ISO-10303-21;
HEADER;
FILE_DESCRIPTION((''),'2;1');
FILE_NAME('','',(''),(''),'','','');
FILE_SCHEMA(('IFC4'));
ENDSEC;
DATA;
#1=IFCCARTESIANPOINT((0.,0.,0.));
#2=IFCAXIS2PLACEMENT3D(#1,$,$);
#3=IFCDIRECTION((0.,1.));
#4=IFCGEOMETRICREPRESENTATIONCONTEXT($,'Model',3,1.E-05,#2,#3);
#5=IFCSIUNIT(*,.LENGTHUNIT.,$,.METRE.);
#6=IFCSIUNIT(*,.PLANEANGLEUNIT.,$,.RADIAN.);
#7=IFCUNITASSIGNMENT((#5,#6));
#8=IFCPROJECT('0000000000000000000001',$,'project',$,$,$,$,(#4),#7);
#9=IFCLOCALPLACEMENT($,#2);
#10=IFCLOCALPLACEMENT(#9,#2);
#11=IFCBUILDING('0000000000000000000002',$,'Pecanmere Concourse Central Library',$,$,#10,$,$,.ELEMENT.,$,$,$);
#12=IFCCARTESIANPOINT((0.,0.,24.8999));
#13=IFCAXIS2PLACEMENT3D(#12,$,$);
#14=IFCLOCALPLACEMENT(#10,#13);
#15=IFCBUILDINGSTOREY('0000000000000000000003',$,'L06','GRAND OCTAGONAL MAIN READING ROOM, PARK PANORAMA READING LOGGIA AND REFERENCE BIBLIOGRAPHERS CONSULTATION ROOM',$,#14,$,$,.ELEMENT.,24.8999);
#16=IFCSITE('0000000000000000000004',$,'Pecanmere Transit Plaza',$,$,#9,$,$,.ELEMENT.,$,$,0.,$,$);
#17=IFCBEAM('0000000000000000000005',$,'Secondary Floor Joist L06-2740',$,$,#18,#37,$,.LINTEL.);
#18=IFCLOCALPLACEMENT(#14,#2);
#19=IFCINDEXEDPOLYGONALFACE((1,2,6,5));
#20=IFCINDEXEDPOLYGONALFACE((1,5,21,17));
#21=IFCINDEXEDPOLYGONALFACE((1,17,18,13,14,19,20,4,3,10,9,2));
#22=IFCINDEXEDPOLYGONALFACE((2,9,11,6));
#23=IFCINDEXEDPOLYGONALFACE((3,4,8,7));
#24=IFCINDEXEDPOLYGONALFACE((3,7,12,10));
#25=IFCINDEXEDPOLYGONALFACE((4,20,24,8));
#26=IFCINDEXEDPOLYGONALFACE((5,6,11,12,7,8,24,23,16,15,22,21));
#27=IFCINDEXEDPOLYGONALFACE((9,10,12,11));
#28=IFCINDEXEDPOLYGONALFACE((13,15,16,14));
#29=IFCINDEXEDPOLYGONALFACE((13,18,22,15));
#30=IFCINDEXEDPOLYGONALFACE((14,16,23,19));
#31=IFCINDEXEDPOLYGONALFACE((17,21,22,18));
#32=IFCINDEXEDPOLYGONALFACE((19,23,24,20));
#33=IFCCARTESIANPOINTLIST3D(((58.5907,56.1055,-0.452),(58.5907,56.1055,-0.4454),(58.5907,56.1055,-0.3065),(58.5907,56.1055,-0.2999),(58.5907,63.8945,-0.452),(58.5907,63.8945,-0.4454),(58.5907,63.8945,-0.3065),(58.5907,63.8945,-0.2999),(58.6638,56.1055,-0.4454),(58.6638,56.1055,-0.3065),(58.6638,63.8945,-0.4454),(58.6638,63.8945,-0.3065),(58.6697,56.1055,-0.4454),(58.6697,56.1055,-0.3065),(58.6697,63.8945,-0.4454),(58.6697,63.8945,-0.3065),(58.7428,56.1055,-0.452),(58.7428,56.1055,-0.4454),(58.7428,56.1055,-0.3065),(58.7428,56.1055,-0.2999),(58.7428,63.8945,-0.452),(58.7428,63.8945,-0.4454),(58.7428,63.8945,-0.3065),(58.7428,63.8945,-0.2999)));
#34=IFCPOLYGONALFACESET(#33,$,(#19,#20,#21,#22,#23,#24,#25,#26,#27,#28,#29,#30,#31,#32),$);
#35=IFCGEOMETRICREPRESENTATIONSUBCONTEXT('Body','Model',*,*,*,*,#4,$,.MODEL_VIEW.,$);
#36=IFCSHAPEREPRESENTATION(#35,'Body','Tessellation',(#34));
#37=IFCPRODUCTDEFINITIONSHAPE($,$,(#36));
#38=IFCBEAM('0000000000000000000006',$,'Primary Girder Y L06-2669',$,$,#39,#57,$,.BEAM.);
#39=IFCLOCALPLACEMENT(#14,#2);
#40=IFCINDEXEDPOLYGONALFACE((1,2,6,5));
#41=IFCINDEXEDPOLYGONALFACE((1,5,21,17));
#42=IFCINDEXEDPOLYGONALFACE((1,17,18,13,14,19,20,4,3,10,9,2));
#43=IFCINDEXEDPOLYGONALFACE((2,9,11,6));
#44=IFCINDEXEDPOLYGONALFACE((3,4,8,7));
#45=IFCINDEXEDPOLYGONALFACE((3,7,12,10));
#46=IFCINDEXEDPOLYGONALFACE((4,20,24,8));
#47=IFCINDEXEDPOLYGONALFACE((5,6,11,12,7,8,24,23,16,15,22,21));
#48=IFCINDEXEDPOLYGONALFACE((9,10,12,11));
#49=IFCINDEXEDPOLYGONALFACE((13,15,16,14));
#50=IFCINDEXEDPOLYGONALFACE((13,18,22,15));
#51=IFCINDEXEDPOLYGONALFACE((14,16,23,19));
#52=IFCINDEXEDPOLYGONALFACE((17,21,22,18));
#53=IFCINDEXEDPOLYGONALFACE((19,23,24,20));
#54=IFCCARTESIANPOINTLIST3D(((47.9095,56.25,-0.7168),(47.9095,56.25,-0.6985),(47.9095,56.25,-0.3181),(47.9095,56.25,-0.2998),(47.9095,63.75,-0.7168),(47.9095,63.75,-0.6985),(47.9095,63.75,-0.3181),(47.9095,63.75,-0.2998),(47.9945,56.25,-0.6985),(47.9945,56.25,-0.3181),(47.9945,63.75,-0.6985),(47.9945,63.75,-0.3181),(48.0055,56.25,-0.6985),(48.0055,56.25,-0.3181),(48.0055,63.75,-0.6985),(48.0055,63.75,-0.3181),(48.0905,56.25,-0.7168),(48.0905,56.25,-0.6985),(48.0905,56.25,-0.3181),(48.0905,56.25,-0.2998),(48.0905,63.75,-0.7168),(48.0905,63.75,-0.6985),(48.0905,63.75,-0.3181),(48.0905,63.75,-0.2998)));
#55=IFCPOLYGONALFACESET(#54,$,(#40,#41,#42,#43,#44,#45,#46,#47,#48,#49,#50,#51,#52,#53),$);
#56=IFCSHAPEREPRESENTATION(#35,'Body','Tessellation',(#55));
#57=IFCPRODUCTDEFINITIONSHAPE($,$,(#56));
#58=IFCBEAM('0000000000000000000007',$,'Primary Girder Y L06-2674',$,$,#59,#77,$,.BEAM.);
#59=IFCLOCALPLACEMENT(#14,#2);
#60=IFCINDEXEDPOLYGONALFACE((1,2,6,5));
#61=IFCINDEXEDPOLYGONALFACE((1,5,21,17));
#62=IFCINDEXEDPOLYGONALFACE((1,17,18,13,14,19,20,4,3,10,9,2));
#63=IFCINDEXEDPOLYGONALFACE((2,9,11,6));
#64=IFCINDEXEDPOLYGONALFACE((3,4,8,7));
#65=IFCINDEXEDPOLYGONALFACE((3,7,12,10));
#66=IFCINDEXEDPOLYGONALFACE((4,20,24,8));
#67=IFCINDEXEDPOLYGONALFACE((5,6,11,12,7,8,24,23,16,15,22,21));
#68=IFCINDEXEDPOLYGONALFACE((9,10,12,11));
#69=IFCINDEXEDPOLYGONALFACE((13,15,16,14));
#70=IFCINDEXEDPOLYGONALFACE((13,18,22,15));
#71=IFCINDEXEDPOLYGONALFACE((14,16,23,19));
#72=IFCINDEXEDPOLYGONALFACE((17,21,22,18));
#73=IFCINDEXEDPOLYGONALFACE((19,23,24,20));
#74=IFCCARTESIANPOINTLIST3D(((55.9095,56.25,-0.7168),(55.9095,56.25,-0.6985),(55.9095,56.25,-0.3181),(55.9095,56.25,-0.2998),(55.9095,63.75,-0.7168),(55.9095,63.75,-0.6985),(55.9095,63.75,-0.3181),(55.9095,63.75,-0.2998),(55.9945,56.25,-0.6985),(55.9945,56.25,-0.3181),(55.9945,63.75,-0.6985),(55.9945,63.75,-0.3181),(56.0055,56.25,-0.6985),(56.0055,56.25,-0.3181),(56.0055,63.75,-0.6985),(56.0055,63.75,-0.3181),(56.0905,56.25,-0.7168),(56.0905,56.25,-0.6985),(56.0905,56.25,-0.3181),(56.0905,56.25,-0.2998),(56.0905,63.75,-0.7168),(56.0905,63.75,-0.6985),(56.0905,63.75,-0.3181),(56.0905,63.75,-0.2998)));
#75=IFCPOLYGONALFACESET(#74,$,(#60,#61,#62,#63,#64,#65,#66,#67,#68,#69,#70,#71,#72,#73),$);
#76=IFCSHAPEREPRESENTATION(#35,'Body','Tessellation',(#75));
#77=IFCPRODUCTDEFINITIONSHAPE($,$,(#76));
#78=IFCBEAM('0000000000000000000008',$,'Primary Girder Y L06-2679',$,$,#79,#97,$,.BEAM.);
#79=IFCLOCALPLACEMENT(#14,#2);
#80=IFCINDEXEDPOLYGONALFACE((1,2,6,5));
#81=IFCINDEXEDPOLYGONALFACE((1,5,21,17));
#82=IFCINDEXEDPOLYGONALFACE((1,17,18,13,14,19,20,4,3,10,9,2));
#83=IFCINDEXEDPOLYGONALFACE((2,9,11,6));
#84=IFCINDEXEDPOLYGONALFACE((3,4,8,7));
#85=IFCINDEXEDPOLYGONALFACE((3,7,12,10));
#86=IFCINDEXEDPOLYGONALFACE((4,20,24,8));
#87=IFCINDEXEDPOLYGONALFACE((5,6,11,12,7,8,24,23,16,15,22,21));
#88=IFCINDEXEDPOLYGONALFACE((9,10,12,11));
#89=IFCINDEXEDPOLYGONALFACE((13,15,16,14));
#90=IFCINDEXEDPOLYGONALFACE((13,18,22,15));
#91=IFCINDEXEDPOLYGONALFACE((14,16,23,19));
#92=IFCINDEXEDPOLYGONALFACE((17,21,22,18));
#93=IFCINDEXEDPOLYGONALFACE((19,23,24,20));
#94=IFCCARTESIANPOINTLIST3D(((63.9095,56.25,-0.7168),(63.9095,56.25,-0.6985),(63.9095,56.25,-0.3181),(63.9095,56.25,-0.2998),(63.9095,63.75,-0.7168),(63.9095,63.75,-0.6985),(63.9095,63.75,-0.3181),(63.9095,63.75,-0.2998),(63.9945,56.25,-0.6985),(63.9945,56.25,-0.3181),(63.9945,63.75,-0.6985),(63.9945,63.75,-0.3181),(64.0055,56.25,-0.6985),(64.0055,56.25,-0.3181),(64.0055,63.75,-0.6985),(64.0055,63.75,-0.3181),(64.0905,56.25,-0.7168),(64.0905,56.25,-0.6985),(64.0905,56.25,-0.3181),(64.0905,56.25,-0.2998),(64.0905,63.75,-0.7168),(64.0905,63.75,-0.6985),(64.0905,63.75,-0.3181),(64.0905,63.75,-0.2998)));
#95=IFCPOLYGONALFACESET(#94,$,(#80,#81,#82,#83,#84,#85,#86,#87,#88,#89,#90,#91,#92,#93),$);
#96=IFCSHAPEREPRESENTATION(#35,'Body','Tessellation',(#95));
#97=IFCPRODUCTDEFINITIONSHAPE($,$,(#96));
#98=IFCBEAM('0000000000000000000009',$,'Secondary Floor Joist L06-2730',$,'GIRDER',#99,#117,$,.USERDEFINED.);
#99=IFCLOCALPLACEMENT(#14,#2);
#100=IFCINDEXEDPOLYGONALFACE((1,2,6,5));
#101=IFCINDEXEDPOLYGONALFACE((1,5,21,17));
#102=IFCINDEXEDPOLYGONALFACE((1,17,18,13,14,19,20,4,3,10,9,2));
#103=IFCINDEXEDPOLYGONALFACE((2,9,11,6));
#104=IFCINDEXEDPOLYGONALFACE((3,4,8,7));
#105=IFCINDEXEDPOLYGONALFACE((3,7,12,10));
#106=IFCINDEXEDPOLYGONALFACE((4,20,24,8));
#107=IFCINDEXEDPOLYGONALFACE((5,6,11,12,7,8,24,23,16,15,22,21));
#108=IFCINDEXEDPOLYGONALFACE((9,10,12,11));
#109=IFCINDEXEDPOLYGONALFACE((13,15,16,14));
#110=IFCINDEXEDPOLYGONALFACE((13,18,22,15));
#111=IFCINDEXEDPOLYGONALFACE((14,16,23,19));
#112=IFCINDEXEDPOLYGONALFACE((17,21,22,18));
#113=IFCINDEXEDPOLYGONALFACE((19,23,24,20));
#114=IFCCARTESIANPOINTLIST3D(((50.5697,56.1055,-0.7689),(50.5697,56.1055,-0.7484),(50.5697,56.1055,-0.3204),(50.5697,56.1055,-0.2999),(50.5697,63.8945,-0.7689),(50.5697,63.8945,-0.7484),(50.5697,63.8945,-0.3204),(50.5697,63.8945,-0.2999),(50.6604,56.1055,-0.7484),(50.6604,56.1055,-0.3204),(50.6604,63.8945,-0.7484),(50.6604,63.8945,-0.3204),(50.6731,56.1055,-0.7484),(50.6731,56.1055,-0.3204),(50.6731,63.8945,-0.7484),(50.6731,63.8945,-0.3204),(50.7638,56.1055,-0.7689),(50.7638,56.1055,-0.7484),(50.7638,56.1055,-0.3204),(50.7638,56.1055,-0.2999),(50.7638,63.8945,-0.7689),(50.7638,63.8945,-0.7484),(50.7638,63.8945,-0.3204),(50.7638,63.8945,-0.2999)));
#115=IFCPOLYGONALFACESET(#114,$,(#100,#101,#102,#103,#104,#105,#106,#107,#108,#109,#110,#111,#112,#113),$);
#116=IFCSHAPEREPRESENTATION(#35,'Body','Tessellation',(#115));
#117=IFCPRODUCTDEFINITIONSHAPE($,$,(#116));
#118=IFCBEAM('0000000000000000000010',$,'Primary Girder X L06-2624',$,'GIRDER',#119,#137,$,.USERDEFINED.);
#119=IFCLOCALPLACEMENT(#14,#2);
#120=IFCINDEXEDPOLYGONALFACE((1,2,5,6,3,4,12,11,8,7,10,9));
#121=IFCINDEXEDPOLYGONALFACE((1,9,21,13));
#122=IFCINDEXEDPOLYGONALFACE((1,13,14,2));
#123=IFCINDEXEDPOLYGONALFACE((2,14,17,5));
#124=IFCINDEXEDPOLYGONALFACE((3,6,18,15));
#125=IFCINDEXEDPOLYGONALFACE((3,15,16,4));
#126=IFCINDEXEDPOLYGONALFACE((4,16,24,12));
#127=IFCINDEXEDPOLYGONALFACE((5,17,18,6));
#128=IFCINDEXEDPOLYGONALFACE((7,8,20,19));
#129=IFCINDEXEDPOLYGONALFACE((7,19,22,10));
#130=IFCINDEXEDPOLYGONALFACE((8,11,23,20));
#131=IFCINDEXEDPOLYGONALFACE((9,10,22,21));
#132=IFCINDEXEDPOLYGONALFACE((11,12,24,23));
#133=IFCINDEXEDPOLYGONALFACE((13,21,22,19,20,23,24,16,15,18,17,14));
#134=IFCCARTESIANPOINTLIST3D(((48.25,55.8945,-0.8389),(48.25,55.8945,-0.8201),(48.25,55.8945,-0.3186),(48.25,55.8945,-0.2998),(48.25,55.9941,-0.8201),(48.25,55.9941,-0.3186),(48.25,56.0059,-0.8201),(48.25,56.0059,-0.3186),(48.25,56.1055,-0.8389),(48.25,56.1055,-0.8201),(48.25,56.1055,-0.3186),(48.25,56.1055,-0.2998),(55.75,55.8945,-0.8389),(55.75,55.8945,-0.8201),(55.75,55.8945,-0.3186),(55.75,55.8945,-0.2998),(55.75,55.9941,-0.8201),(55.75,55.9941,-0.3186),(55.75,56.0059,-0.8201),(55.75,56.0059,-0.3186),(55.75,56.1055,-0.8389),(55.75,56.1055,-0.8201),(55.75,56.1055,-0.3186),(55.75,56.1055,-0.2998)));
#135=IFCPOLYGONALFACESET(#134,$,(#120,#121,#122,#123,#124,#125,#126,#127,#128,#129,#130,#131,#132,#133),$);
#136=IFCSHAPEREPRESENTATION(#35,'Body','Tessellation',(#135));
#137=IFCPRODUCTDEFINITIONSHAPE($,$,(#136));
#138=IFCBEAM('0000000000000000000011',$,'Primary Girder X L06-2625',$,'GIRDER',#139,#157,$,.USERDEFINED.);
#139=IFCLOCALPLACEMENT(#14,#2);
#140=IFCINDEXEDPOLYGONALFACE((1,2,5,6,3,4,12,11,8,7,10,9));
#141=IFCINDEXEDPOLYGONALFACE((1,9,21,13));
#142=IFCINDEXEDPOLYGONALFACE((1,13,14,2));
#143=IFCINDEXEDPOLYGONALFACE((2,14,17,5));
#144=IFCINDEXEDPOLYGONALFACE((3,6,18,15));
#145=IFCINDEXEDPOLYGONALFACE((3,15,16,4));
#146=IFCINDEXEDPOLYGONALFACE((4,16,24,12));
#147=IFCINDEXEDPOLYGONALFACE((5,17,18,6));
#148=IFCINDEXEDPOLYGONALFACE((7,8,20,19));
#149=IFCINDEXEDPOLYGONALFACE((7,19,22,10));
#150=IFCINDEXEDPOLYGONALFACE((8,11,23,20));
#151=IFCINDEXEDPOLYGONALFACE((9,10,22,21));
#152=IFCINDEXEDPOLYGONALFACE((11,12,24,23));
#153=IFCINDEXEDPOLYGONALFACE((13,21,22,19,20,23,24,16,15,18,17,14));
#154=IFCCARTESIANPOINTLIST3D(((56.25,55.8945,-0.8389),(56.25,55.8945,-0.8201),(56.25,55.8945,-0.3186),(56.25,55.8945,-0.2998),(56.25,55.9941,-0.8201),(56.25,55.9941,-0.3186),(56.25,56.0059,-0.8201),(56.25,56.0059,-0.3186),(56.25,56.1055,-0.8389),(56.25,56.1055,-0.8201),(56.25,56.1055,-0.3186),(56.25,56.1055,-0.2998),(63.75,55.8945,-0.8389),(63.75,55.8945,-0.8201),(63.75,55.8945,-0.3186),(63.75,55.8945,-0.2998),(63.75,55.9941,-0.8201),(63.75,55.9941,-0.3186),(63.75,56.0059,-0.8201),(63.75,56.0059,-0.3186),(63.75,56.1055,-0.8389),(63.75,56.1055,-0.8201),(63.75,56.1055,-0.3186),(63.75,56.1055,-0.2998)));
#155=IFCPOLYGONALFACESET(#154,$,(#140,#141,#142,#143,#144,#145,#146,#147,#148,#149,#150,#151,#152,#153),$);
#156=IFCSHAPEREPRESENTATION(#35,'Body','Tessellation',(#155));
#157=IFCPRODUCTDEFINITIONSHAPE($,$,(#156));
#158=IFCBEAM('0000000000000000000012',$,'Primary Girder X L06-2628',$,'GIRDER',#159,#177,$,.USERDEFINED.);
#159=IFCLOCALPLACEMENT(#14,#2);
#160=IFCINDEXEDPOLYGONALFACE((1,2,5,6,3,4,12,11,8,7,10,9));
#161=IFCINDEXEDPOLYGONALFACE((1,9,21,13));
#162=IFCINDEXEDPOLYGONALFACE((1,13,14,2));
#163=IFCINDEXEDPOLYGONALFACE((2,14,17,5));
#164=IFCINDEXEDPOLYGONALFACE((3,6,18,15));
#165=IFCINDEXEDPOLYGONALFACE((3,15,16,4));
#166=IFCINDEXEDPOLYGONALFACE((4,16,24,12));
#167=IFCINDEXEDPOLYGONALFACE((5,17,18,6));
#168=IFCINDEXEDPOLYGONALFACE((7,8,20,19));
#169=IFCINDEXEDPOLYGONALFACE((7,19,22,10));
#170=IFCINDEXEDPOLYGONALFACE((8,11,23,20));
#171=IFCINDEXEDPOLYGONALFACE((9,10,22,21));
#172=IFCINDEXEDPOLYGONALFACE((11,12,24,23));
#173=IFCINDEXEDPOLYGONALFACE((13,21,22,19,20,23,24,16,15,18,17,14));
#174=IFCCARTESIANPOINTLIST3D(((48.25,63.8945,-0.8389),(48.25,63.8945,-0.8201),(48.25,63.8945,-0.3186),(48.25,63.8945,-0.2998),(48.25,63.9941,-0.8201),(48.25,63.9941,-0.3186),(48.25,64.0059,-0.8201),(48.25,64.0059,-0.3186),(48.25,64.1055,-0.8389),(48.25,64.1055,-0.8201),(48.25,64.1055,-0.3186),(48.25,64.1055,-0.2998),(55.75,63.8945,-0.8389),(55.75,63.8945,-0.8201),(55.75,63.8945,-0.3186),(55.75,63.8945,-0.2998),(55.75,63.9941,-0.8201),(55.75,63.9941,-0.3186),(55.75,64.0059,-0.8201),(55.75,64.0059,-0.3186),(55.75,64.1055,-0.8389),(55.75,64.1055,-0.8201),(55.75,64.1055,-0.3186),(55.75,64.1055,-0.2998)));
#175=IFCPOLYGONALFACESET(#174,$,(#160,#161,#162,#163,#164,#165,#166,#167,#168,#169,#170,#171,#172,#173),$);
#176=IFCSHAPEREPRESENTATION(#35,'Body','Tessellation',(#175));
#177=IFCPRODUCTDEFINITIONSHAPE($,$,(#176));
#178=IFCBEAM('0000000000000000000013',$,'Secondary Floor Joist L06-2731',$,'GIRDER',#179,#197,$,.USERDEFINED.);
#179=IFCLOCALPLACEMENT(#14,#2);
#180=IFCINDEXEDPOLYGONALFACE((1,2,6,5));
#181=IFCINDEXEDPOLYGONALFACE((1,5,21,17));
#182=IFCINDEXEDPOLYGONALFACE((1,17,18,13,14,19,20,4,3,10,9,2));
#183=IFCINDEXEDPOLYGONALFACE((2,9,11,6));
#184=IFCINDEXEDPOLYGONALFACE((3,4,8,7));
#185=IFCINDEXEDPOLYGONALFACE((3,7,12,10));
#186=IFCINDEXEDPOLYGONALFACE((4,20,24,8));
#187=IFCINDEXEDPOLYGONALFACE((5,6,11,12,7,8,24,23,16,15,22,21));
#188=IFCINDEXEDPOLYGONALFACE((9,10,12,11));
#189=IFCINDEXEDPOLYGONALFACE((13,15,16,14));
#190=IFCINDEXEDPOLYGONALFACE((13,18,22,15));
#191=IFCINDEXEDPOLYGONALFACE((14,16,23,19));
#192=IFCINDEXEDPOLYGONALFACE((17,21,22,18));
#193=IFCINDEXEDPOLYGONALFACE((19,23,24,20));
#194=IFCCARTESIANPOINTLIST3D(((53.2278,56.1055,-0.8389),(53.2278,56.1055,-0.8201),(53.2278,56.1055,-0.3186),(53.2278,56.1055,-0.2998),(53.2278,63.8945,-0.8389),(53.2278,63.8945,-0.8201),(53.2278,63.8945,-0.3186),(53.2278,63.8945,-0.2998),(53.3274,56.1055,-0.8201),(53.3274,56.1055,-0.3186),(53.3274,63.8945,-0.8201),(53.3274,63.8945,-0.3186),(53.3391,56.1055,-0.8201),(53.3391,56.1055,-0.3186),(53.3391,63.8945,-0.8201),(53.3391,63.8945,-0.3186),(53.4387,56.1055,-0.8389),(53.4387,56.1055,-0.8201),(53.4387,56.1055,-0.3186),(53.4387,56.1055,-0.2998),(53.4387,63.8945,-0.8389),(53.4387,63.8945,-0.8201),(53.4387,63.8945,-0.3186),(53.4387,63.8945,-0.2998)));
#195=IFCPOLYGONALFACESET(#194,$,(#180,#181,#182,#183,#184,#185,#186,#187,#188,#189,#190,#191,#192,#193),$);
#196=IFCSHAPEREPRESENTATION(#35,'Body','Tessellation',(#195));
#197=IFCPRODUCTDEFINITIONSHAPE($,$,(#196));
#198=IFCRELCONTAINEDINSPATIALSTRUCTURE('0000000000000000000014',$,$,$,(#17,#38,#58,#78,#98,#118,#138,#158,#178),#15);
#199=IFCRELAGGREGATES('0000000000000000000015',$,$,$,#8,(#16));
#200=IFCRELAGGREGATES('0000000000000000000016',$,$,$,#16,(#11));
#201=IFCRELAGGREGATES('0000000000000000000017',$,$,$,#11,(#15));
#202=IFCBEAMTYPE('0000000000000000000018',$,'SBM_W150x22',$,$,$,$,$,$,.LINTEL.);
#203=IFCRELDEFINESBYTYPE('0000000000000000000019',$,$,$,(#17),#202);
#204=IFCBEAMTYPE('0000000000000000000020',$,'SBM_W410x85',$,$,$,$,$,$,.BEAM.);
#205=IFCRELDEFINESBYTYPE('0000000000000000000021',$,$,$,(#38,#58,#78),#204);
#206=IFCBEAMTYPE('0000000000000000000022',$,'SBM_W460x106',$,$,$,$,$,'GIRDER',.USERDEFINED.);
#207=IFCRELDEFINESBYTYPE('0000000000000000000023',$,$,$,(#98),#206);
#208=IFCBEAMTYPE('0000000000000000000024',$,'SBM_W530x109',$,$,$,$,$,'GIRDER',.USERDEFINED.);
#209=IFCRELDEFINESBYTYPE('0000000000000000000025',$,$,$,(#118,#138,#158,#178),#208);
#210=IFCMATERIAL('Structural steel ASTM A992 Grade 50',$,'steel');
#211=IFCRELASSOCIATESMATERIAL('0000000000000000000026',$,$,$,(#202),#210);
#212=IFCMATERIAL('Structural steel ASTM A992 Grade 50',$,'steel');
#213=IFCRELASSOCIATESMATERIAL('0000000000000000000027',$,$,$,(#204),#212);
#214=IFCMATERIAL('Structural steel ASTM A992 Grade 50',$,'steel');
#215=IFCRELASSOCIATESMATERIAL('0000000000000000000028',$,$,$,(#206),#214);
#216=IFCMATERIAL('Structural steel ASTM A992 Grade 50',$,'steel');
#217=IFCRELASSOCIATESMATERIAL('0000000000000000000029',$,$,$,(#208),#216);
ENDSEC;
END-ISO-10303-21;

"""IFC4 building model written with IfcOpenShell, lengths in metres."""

from ifc_helpers import new_model, si_unit, direction, frame, origin, origin_2d, place, context, subcontext, project, spatial, i_section, extrude, material, material_profile, profile_set, type_object, element, save


model = new_model("IFC4")

# Units and contexts
model_context = context("Model", 3, precision=1e-05, world=origin(), true_north=direction((0.0, 1.0)))
body_context = subcontext(model_context, "Body", "Model", "MODEL_VIEW")
ifc_project = project(units=[si_unit("LENGTHUNIT", "METRE"), si_unit("PLANEANGLEUNIT", "RADIAN")], contexts=[model_context])

# Site, building, storey
site_placement = place(None, origin())
site = spatial("IfcSite", under=ifc_project, at=site_placement, Name="Pecanmere Transit Plaza", CompositionType="ELEMENT", RefElevation=0.0)
building_placement = place(site_placement, origin())
building = spatial("IfcBuilding", under=site, at=building_placement, Name="Pecanmere Concourse Central Library", CompositionType="ELEMENT")
storey_placement = place(building_placement, frame((0.0, 0.0, 24.8999)))
storey = spatial("IfcBuildingStorey", under=building, at=storey_placement, Name="L06", Description="GRAND OCTAGONAL MAIN READING ROOM, PARK PANORAMA READING LOGGIA AND REFERENCE BIBLIOGRAPHERS CONSULTATION ROOM", CompositionType="ELEMENT", Elevation=24.8999)

# Beams
ifc_material_1 = material(Name="Structural steel ASTM A992 Grade 50", Category="steel")
ifc_material_profile_1 = material_profile(ifc_material_1, i_section(OverallWidth=0.1521, OverallDepth=0.1521, WebThickness=0.0059, FlangeThickness=0.0066, at=origin_2d()), Name="W150x22.5")
ifc_profile_set_1 = profile_set([ifc_material_profile_1], Name="Structural steel ASTM A992 Grade 50")
beam_type_1 = type_object("IfcBeamType", Name="SBM_W150x22", PredefinedType="LINTEL", material=ifc_profile_set_1)
beam_1_placement = place(storey_placement, frame((58.6667, 56.1055, -0.376), z_axis=(0.0, 1.0, 0.0), x_axis=(-1.0, 0.0, 0.0)))
element("IfcBeam", 1, at=beam_1_placement, inside=storey, type_object=beam_type_1, Name="Secondary Floor Joist L06-2740", PredefinedType="LINTEL", context=body_context, shape_type="SweptSolid", body=[
    extrude(i_section(OverallWidth=0.1521, OverallDepth=0.1521, WebThickness=0.0059, FlangeThickness=0.0066, at=origin_2d()), origin(), (0.0, 0.0, 1.0), 7.7891),
])
ifc_material_2 = material(Name="Structural steel ASTM A992 Grade 50", Category="steel")
ifc_material_profile_2 = material_profile(ifc_material_2, i_section(OverallWidth=0.1809, OverallDepth=0.417, WebThickness=0.011, FlangeThickness=0.0183, at=origin_2d()), Name="W410x85")
ifc_profile_set_2 = profile_set([ifc_material_profile_2], Name="Structural steel ASTM A992 Grade 50")
beam_type_2 = type_object("IfcBeamType", Name="SBM_W410x85", PredefinedType="BEAM", material=ifc_profile_set_2)
for number, where, z_axis, x_axis, name in (
    (2, (48.0, 56.25, -0.5083), (0.0, 1.0, 0.0), (-1.0, 0.0, 0.0), "Primary Girder Y L06-2669"),
    (3, (56.0, 56.25, -0.5083), (0.0, 1.0, 0.0), (-1.0, 0.0, 0.0), "Primary Girder Y L06-2674"),
    (4, (64.0, 56.25, -0.5083), (0.0, 1.0, 0.0), (-1.0, 0.0, 0.0), "Primary Girder Y L06-2679"),
):
    element("IfcBeam", number, at=place(storey_placement, frame(where, z_axis=z_axis, x_axis=x_axis)), inside=storey, type_object=beam_type_2, Name=name, PredefinedType="BEAM", context=body_context, shape_type="SweptSolid", body=[
        extrude(i_section(OverallWidth=0.1809, OverallDepth=0.417, WebThickness=0.011, FlangeThickness=0.0183, at=origin_2d()), origin(), (0.0, 0.0, 1.0), 7.5),
    ])
ifc_material_3 = material(Name="Structural steel ASTM A992 Grade 50", Category="steel")
ifc_material_profile_3 = material_profile(ifc_material_3, i_section(OverallWidth=0.1941, OverallDepth=0.469, WebThickness=0.0127, FlangeThickness=0.0205, at=origin_2d()), Name="W460x106")
ifc_profile_set_3 = profile_set([ifc_material_profile_3], Name="Structural steel ASTM A992 Grade 50")
beam_type_3 = type_object("IfcBeamType", Name="SBM_W460x106", ElementType="GIRDER", PredefinedType="USERDEFINED", material=ifc_profile_set_3)
beam_2_placement = place(storey_placement, frame((50.6667, 56.1055, -0.5344), z_axis=(0.0, 1.0, 0.0), x_axis=(-1.0, 0.0, 0.0)))
element("IfcBeam", 5, at=beam_2_placement, inside=storey, type_object=beam_type_3, Name="Secondary Floor Joist L06-2730", ObjectType="GIRDER", PredefinedType="USERDEFINED", context=body_context, shape_type="SweptSolid", body=[
    extrude(i_section(OverallWidth=0.1941, OverallDepth=0.469, WebThickness=0.0127, FlangeThickness=0.0205, at=origin_2d()), origin(), (0.0, 0.0, 1.0), 7.7891),
])
ifc_material_4 = material(Name="Structural steel ASTM A992 Grade 50", Category="steel")
ifc_material_profile_4 = material_profile(ifc_material_4, i_section(OverallWidth=0.2109, OverallDepth=0.5391, WebThickness=0.0117, FlangeThickness=0.0188, at=origin_2d()), Name="W530x109")
ifc_profile_set_4 = profile_set([ifc_material_profile_4], Name="Structural steel ASTM A992 Grade 50")
beam_type_4 = type_object("IfcBeamType", Name="SBM_W530x109", ElementType="GIRDER", PredefinedType="USERDEFINED", material=ifc_profile_set_4)
for number, where, z_axis, x_axis, name in (
    (6, (48.25, 56.0, -0.5693), (1.0, 0.0, 0.0), (0.0, 1.0, 0.0), "Primary Girder X L06-2624"),
    (7, (56.25, 56.0, -0.5693), (1.0, 0.0, 0.0), (0.0, 1.0, 0.0), "Primary Girder X L06-2625"),
    (8, (48.25, 64.0, -0.5693), (1.0, 0.0, 0.0), (0.0, 1.0, 0.0), "Primary Girder X L06-2628"),
):
    element("IfcBeam", number, at=place(storey_placement, frame(where, z_axis=z_axis, x_axis=x_axis)), inside=storey, type_object=beam_type_4, Name=name, ObjectType="GIRDER", PredefinedType="USERDEFINED", context=body_context, shape_type="SweptSolid", body=[
        extrude(i_section(OverallWidth=0.2109, OverallDepth=0.5391, WebThickness=0.0117, FlangeThickness=0.0188, at=origin_2d()), origin(), (0.0, 0.0, 1.0), 7.5),
    ])
beam_3_placement = place(storey_placement, frame((53.3333, 56.1055, -0.5693), z_axis=(0.0, 1.0, 0.0), x_axis=(-1.0, 0.0, 0.0)))
element("IfcBeam", 9, at=beam_3_placement, inside=storey, type_object=beam_type_4, Name="Secondary Floor Joist L06-2731", ObjectType="GIRDER", PredefinedType="USERDEFINED", context=body_context, shape_type="SweptSolid", body=[
    extrude(i_section(OverallWidth=0.2109, OverallDepth=0.5391, WebThickness=0.0117, FlangeThickness=0.0188, at=origin_2d()), origin(), (0.0, 0.0, 1.0), 7.7891),
])

save(model, "model.ifc")
